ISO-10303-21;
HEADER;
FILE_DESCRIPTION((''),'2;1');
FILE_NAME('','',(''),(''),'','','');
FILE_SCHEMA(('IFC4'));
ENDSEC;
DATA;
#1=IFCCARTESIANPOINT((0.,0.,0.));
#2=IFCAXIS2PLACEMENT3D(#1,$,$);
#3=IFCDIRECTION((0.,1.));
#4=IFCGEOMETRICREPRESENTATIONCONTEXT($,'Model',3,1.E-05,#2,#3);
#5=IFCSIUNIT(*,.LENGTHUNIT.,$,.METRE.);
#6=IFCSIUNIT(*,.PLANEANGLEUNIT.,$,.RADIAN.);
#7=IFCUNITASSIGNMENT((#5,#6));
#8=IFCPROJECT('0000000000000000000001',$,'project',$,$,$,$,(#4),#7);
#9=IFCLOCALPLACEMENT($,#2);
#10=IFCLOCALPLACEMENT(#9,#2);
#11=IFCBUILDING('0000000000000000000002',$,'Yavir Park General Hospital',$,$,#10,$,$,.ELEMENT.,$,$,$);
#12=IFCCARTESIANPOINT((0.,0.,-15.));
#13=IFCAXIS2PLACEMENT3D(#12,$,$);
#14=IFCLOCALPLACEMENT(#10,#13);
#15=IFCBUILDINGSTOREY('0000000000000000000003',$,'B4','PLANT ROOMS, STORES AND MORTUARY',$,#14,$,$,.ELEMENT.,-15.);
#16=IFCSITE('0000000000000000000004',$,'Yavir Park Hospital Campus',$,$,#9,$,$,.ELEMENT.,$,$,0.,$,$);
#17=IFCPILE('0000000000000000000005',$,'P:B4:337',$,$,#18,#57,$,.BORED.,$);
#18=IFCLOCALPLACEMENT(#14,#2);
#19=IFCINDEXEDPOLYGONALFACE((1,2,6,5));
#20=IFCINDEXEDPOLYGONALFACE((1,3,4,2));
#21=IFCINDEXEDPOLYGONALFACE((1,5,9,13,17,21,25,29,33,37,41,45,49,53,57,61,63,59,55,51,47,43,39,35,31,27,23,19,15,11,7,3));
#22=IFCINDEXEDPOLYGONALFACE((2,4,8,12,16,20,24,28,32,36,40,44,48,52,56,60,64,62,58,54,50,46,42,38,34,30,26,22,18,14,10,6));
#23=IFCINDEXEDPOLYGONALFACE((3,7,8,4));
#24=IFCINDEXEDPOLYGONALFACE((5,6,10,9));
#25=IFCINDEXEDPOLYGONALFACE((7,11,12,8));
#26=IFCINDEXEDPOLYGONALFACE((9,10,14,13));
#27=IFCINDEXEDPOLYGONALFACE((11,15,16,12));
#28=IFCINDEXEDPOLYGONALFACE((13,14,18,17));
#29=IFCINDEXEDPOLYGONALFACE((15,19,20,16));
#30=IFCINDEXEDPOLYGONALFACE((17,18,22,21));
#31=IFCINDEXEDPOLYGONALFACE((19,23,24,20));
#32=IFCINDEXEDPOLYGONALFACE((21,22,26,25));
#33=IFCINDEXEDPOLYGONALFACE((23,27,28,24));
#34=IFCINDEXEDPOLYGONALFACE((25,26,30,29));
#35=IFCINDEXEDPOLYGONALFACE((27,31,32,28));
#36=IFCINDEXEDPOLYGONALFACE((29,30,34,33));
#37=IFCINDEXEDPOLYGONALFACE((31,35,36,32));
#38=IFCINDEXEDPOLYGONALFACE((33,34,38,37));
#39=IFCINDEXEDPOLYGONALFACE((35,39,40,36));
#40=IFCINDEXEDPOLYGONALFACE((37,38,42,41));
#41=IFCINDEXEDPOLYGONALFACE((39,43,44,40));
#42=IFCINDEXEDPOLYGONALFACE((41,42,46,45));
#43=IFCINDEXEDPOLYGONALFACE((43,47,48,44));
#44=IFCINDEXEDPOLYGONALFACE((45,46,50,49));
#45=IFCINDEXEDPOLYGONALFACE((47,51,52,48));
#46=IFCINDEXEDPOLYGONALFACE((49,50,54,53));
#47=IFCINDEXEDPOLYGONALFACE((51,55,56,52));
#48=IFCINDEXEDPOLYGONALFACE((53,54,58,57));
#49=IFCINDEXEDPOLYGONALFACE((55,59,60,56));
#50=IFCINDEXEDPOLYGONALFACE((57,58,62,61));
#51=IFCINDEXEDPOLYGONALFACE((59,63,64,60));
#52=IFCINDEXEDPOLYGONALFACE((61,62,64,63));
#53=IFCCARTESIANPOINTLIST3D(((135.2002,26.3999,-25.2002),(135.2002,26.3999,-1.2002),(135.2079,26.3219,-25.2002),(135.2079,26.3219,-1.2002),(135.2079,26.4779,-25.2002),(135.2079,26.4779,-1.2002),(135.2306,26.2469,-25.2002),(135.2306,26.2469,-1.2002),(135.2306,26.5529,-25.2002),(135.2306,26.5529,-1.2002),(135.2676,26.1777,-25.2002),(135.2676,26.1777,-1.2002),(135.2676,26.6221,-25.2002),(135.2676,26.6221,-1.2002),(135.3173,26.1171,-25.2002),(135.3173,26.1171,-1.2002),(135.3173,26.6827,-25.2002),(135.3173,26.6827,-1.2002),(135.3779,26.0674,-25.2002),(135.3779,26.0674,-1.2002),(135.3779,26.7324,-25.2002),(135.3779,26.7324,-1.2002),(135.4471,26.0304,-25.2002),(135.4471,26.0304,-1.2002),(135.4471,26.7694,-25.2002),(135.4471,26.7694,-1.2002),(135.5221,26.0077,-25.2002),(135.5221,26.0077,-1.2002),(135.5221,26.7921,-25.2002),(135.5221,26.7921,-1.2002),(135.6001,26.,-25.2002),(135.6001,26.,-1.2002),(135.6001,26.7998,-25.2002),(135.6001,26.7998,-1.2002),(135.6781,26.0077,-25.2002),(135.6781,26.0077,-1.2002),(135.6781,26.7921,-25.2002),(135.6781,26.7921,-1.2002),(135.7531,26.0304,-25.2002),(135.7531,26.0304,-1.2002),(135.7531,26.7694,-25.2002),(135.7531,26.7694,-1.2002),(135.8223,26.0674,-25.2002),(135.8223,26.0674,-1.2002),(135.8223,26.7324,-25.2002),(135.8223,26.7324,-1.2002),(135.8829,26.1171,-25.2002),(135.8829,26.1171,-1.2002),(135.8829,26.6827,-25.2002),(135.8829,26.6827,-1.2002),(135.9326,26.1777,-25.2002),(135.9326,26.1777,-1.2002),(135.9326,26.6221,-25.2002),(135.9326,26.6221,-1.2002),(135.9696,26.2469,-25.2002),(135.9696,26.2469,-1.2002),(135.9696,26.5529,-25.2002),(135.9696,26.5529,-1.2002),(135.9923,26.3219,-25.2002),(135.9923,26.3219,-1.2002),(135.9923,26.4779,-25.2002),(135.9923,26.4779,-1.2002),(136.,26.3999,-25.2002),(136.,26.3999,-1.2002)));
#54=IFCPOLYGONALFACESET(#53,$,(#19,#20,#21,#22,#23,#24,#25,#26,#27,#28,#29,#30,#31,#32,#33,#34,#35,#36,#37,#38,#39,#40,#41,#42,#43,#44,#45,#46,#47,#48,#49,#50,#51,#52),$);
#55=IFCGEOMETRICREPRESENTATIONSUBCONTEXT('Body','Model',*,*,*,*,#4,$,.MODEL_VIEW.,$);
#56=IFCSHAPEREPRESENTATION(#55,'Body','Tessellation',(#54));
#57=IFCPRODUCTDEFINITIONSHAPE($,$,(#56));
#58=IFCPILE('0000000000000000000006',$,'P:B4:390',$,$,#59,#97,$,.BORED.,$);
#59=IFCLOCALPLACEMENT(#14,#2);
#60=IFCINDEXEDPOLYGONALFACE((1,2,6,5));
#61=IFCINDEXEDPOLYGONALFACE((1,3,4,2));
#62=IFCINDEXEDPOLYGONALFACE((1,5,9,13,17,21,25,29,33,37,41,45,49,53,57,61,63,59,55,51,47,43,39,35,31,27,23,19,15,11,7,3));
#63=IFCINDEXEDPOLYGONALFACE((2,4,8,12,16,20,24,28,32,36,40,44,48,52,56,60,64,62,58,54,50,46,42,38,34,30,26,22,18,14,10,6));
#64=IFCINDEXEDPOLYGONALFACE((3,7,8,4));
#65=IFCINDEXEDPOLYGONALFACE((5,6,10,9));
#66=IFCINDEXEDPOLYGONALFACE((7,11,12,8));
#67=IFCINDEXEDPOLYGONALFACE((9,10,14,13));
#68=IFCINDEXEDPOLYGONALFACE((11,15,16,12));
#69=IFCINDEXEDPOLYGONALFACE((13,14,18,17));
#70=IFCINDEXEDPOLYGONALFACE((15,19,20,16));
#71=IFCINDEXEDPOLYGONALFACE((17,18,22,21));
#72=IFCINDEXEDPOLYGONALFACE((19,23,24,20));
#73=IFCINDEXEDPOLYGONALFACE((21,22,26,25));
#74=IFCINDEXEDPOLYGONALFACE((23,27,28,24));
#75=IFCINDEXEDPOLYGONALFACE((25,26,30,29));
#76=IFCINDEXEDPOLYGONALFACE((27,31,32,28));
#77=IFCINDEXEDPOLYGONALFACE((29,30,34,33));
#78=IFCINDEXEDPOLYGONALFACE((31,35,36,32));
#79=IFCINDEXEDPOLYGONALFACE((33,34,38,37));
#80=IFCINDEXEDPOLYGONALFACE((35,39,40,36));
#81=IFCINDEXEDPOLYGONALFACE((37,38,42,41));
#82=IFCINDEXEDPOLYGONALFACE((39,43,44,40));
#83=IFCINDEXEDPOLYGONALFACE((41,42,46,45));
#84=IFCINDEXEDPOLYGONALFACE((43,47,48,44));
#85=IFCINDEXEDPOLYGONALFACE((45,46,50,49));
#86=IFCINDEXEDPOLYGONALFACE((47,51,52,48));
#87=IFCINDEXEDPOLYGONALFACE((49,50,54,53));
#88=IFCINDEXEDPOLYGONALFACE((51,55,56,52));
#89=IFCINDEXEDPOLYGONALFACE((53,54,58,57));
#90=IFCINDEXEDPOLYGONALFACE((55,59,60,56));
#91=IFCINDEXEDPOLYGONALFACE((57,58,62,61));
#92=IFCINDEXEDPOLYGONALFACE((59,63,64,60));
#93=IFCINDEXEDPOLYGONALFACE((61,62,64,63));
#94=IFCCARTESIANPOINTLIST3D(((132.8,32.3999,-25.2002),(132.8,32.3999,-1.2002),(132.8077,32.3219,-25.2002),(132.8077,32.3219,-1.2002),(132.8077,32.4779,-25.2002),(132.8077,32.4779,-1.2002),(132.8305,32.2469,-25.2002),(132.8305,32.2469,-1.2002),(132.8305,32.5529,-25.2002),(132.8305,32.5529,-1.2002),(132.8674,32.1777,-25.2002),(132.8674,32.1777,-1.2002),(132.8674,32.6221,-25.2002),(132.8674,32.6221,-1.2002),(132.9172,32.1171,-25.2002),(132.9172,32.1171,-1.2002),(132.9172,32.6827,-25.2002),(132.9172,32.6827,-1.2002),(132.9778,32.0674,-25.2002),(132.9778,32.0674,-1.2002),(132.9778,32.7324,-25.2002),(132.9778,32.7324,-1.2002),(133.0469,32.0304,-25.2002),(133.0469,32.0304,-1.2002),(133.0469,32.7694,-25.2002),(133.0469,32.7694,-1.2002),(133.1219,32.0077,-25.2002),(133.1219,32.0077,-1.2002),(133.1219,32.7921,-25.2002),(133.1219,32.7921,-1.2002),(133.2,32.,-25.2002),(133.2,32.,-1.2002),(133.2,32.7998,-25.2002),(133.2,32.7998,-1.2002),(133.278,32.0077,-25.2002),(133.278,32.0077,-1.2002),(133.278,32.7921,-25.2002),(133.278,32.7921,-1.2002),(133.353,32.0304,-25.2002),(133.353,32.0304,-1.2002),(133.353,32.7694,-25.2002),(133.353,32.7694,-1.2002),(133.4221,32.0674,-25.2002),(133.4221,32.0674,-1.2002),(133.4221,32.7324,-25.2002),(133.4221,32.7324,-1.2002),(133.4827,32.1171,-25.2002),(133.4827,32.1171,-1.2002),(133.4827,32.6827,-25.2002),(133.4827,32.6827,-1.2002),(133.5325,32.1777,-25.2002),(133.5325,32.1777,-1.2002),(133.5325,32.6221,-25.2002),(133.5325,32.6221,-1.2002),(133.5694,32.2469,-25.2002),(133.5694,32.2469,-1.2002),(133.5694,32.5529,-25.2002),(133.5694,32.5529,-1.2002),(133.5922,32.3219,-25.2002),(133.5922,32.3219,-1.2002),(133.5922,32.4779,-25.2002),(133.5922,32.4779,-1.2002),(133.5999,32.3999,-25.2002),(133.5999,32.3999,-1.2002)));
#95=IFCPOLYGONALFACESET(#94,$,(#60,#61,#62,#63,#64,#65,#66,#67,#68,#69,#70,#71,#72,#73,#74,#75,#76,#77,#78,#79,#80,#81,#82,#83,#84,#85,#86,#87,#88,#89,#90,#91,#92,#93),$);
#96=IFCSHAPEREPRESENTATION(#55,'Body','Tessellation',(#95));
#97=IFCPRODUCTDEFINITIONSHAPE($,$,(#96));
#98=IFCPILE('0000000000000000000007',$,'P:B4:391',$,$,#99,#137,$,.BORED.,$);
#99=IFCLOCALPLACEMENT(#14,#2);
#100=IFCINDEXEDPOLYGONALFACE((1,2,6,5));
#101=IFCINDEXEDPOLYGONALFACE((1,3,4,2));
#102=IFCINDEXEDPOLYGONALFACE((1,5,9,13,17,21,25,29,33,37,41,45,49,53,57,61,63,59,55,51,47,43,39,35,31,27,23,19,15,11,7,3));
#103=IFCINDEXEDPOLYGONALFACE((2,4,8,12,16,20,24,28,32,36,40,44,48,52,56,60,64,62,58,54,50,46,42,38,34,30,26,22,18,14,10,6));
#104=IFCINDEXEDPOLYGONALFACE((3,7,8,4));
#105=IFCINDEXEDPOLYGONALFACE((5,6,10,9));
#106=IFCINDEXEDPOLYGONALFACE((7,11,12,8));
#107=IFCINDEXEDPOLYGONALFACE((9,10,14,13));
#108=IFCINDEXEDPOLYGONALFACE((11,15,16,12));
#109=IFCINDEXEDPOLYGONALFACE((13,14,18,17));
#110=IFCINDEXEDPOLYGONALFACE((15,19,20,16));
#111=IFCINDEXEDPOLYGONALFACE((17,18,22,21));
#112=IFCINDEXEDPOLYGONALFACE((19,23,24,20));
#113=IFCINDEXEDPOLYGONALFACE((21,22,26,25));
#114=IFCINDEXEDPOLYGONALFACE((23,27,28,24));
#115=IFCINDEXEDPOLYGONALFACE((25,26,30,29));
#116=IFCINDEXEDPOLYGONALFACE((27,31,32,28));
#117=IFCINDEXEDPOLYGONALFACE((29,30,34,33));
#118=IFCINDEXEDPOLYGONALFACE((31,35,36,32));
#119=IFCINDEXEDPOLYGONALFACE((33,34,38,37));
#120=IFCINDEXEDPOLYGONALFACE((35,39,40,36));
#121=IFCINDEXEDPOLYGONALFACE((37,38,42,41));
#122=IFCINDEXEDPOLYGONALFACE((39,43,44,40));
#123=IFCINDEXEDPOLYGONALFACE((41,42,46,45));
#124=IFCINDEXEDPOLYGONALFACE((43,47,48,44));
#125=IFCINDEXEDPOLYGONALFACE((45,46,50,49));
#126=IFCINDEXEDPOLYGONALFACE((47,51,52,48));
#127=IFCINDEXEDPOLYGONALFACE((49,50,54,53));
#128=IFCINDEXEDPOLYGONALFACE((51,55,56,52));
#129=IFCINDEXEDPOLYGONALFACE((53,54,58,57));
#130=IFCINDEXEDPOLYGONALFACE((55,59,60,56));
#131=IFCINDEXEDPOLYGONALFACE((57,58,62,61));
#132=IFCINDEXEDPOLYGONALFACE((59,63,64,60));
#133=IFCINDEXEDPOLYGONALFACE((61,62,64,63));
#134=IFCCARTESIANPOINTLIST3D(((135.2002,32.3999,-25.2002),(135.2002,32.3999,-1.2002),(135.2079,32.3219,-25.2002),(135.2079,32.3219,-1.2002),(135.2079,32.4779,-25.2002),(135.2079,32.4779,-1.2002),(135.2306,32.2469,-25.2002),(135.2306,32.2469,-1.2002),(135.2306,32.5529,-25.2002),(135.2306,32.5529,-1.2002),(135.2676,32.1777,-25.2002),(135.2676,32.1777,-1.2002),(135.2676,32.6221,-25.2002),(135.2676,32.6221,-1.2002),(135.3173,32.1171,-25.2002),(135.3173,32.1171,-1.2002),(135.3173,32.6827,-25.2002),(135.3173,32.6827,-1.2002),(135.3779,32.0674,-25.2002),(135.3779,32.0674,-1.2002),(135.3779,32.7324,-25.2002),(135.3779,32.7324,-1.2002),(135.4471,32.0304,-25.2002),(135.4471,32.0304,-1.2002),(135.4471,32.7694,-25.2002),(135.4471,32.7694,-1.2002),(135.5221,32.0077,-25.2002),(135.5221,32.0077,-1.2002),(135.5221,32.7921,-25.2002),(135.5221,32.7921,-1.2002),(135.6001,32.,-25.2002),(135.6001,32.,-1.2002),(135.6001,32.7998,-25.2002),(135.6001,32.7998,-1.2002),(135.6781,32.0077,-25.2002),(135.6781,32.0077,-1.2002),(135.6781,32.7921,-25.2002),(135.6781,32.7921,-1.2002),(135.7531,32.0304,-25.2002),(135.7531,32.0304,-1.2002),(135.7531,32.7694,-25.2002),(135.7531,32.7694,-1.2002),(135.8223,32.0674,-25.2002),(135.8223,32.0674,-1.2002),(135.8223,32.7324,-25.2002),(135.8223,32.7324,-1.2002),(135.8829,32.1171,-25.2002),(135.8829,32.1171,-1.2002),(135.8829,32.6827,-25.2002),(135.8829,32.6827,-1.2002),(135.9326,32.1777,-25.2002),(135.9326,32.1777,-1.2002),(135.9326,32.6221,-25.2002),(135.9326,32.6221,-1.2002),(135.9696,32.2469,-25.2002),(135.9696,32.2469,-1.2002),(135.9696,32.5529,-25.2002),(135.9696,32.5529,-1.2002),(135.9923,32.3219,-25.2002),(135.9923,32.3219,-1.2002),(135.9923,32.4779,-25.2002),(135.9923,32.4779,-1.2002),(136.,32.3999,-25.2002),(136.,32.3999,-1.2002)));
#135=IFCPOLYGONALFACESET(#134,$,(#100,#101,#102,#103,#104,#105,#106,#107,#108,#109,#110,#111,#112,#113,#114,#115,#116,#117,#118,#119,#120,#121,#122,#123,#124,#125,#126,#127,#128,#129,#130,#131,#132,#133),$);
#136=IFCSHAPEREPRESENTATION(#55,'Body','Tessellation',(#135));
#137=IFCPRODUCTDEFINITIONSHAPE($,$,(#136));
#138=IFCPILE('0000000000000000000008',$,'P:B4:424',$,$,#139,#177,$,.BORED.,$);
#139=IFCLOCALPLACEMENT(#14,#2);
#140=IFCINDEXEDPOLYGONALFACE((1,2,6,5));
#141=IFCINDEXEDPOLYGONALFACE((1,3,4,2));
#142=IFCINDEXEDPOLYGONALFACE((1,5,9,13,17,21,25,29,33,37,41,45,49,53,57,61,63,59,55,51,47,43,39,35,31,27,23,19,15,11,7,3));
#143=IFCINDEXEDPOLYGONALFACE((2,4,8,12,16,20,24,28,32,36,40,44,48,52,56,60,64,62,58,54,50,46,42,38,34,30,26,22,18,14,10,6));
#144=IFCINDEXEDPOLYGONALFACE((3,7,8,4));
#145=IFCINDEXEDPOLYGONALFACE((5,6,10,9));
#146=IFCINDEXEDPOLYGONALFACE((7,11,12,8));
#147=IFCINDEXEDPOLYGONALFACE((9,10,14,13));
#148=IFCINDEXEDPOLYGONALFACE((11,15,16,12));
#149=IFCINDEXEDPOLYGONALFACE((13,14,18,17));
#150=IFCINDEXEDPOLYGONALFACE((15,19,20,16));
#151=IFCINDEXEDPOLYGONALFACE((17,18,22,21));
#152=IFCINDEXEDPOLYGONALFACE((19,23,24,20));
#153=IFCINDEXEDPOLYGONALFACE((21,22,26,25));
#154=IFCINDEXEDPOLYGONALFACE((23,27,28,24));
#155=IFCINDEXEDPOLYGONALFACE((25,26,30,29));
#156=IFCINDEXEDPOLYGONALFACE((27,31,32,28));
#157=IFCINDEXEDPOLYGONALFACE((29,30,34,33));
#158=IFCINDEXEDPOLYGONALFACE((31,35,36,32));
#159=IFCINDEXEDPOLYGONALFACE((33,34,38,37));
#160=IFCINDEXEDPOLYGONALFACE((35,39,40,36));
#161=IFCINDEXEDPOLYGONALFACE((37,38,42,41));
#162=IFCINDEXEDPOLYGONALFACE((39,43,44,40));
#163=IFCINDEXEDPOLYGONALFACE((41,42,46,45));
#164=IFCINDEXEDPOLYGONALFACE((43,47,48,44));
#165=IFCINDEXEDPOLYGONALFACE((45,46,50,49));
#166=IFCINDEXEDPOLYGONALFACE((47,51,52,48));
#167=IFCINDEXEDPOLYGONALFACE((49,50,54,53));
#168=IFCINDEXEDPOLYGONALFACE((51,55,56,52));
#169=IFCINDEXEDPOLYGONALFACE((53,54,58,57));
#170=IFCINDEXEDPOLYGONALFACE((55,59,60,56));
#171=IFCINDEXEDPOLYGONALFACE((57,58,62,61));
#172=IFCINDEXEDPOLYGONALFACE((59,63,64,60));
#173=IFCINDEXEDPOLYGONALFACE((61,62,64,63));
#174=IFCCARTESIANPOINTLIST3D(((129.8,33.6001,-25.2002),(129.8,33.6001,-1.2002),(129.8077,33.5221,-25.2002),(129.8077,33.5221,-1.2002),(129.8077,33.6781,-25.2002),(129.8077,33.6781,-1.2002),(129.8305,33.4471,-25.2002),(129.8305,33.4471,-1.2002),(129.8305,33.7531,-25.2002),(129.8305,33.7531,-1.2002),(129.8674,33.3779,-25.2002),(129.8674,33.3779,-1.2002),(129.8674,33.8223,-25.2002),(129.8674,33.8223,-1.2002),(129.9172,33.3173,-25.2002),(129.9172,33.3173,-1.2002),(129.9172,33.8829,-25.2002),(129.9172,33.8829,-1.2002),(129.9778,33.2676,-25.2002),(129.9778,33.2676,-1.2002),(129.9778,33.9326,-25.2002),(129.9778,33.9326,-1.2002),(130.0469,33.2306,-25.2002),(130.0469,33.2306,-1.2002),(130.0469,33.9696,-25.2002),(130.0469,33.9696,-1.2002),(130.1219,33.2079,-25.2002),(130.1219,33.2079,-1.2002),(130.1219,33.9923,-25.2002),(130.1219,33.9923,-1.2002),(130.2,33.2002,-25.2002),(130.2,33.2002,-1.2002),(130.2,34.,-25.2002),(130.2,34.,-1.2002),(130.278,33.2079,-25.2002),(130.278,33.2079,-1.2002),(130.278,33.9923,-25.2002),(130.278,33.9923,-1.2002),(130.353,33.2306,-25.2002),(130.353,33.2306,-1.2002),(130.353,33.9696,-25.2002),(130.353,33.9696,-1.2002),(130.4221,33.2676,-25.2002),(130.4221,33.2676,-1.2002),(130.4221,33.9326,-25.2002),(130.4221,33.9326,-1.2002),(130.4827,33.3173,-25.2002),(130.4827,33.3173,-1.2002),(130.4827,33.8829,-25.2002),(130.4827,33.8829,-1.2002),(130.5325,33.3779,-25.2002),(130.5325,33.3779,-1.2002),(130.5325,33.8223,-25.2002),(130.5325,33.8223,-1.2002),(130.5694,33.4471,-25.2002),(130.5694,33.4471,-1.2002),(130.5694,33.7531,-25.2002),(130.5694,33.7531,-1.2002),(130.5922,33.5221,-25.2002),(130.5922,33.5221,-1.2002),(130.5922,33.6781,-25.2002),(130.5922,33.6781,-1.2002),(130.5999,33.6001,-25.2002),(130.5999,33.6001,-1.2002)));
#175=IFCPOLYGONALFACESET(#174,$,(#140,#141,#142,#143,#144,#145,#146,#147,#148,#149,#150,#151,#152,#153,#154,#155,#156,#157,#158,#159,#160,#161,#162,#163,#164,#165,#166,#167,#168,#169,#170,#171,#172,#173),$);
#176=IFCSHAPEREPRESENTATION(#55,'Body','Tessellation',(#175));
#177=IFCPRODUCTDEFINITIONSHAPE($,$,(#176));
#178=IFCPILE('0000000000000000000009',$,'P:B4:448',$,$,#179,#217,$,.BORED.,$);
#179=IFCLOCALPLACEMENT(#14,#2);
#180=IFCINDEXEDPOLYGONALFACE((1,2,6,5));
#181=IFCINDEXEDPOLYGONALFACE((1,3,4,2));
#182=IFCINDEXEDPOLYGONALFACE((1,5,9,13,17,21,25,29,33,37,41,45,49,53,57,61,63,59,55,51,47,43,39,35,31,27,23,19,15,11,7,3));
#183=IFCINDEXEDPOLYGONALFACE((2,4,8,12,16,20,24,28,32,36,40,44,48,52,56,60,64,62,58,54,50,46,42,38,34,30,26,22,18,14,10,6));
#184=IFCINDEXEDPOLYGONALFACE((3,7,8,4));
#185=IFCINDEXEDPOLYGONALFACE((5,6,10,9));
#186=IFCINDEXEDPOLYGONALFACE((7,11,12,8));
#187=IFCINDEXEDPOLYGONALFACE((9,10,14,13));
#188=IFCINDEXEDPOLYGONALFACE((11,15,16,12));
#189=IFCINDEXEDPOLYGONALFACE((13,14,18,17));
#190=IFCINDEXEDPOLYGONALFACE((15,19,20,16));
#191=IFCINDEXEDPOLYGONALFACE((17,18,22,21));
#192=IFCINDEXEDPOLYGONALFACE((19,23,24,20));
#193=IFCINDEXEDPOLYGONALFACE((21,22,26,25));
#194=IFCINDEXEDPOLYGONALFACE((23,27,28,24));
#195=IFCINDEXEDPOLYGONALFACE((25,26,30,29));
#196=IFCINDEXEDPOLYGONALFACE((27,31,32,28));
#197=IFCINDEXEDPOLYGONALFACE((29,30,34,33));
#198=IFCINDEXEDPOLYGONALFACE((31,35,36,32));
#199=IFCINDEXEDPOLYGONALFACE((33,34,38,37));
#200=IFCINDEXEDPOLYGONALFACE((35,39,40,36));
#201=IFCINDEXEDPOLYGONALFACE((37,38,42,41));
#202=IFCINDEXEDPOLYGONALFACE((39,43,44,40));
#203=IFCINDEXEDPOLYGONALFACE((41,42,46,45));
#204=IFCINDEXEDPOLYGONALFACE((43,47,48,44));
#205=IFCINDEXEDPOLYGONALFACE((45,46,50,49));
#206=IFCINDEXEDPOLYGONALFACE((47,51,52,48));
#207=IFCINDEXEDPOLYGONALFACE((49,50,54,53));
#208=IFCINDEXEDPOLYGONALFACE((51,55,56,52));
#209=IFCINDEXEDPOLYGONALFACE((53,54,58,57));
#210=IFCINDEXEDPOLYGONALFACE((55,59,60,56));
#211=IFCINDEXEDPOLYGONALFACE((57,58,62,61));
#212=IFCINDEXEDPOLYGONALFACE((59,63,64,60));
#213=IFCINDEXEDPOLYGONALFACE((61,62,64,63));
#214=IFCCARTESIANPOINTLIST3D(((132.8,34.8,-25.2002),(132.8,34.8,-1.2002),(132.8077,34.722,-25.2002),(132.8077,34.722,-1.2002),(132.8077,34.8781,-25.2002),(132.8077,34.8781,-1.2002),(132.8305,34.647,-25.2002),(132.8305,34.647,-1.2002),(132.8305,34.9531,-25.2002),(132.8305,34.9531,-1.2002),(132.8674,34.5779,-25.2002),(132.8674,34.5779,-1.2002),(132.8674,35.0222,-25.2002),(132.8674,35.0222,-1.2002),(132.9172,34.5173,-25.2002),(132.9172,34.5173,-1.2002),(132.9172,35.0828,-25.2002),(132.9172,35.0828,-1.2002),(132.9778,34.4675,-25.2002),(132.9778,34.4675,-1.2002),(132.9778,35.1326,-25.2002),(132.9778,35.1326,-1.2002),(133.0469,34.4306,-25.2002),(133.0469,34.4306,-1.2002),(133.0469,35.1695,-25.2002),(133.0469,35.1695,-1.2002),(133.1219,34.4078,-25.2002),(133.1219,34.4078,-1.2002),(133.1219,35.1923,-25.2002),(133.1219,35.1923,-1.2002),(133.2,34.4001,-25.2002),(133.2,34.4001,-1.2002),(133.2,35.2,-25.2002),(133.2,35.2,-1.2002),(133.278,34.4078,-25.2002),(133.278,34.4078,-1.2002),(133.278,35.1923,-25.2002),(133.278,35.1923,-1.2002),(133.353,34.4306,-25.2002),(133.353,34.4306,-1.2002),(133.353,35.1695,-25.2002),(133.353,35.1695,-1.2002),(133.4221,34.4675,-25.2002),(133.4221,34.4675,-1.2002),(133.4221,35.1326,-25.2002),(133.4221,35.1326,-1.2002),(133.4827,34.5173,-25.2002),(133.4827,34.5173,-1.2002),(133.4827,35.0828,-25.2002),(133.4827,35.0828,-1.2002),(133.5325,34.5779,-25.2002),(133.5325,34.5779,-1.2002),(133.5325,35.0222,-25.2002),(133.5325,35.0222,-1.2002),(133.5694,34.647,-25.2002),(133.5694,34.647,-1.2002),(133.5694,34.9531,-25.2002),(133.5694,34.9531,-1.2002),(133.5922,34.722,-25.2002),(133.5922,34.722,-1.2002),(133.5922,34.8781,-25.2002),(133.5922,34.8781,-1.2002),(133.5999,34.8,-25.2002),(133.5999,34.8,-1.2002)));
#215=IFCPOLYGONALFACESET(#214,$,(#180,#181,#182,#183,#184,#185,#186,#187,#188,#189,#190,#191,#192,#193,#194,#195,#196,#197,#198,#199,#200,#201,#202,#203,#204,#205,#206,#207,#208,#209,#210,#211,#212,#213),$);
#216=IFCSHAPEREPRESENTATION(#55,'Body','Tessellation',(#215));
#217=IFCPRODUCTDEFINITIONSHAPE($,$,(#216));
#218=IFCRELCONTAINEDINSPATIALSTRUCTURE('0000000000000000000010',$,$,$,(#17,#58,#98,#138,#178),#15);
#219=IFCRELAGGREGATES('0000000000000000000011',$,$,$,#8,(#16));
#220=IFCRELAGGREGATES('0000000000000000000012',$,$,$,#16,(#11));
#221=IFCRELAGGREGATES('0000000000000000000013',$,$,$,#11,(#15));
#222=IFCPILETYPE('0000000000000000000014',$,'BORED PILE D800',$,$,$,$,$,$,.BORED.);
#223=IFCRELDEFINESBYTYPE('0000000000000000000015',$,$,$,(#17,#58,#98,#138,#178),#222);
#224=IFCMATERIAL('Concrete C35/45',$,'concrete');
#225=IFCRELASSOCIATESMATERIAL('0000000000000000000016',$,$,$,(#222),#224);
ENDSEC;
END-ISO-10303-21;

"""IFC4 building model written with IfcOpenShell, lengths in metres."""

from ifc_helpers import new_model, si_unit, direction, frame, origin, origin_2d, place, context, subcontext, project, spatial, circle, extrude, material, material_profile, profile_set, type_object, element, save


model = new_model("IFC4")

# Units and contexts
model_context = context("Model", 3, precision=1e-05, world=origin(), true_north=direction((0.0, 1.0)))
body_context = subcontext(model_context, "Body", "Model", "MODEL_VIEW")
ifc_project = project(units=[si_unit("LENGTHUNIT", "METRE"), si_unit("PLANEANGLEUNIT", "RADIAN")], contexts=[model_context])

# Site, building, storey
site_placement = place(None, origin())
site = spatial("IfcSite", under=ifc_project, at=site_placement, Name="Yavir Park Hospital Campus", CompositionType="ELEMENT", RefElevation=0.0)
building_placement = place(site_placement, origin())
building = spatial("IfcBuilding", under=site, at=building_placement, Name="Yavir Park General Hospital", CompositionType="ELEMENT")
storey_placement = place(building_placement, frame((0.0, 0.0, -15.0)))
storey = spatial("IfcBuildingStorey", under=building, at=storey_placement, Name="B4", Description="PLANT ROOMS, STORES AND MORTUARY", CompositionType="ELEMENT", Elevation=-15.0)

# Piles
ifc_material_1 = material(Name="Concrete C35/45", Category="concrete")
ifc_material_profile_1 = material_profile(ifc_material_1, circle(Radius=0.3999, at=origin_2d()), Name="D800")
ifc_profile_set_1 = profile_set([ifc_material_profile_1], Name="Concrete C35/45")
pile_type = type_object("IfcPileType", Name="BORED PILE D800", PredefinedType="BORED", material=ifc_profile_set_1)
for number, where, z_axis, x_axis, name in (
    (1, (135.6001, 26.3999, -1.2002), (0.0, 0.0, -1.0), (1.0, 0.0, 0.0), "P:B4:337"),
    (2, (133.2, 32.3999, -1.2002), (0.0, 0.0, -1.0), (1.0, 0.0, 0.0), "P:B4:390"),
    (3, (135.6001, 32.3999, -1.2002), (0.0, 0.0, -1.0), (1.0, 0.0, 0.0), "P:B4:391"),
    (4, (130.2, 33.6001, -1.2002), (0.0, 0.0, -1.0), (1.0, 0.0, 0.0), "P:B4:424"),
    (5, (133.2, 34.8, -1.2002), (0.0, 0.0, -1.0), (1.0, 0.0, 0.0), "P:B4:448"),
):
    element("IfcPile", number, at=place(storey_placement, frame(where, z_axis=z_axis, x_axis=x_axis)), inside=storey, type_object=pile_type, Name=name, PredefinedType="BORED", context=body_context, shape_type="SweptSolid", body=[
        extrude(circle(Radius=0.3999, at=origin_2d()), origin(), (0.0, 0.0, 1.0), 24.0),
    ])

save(model, "model.ifc")
